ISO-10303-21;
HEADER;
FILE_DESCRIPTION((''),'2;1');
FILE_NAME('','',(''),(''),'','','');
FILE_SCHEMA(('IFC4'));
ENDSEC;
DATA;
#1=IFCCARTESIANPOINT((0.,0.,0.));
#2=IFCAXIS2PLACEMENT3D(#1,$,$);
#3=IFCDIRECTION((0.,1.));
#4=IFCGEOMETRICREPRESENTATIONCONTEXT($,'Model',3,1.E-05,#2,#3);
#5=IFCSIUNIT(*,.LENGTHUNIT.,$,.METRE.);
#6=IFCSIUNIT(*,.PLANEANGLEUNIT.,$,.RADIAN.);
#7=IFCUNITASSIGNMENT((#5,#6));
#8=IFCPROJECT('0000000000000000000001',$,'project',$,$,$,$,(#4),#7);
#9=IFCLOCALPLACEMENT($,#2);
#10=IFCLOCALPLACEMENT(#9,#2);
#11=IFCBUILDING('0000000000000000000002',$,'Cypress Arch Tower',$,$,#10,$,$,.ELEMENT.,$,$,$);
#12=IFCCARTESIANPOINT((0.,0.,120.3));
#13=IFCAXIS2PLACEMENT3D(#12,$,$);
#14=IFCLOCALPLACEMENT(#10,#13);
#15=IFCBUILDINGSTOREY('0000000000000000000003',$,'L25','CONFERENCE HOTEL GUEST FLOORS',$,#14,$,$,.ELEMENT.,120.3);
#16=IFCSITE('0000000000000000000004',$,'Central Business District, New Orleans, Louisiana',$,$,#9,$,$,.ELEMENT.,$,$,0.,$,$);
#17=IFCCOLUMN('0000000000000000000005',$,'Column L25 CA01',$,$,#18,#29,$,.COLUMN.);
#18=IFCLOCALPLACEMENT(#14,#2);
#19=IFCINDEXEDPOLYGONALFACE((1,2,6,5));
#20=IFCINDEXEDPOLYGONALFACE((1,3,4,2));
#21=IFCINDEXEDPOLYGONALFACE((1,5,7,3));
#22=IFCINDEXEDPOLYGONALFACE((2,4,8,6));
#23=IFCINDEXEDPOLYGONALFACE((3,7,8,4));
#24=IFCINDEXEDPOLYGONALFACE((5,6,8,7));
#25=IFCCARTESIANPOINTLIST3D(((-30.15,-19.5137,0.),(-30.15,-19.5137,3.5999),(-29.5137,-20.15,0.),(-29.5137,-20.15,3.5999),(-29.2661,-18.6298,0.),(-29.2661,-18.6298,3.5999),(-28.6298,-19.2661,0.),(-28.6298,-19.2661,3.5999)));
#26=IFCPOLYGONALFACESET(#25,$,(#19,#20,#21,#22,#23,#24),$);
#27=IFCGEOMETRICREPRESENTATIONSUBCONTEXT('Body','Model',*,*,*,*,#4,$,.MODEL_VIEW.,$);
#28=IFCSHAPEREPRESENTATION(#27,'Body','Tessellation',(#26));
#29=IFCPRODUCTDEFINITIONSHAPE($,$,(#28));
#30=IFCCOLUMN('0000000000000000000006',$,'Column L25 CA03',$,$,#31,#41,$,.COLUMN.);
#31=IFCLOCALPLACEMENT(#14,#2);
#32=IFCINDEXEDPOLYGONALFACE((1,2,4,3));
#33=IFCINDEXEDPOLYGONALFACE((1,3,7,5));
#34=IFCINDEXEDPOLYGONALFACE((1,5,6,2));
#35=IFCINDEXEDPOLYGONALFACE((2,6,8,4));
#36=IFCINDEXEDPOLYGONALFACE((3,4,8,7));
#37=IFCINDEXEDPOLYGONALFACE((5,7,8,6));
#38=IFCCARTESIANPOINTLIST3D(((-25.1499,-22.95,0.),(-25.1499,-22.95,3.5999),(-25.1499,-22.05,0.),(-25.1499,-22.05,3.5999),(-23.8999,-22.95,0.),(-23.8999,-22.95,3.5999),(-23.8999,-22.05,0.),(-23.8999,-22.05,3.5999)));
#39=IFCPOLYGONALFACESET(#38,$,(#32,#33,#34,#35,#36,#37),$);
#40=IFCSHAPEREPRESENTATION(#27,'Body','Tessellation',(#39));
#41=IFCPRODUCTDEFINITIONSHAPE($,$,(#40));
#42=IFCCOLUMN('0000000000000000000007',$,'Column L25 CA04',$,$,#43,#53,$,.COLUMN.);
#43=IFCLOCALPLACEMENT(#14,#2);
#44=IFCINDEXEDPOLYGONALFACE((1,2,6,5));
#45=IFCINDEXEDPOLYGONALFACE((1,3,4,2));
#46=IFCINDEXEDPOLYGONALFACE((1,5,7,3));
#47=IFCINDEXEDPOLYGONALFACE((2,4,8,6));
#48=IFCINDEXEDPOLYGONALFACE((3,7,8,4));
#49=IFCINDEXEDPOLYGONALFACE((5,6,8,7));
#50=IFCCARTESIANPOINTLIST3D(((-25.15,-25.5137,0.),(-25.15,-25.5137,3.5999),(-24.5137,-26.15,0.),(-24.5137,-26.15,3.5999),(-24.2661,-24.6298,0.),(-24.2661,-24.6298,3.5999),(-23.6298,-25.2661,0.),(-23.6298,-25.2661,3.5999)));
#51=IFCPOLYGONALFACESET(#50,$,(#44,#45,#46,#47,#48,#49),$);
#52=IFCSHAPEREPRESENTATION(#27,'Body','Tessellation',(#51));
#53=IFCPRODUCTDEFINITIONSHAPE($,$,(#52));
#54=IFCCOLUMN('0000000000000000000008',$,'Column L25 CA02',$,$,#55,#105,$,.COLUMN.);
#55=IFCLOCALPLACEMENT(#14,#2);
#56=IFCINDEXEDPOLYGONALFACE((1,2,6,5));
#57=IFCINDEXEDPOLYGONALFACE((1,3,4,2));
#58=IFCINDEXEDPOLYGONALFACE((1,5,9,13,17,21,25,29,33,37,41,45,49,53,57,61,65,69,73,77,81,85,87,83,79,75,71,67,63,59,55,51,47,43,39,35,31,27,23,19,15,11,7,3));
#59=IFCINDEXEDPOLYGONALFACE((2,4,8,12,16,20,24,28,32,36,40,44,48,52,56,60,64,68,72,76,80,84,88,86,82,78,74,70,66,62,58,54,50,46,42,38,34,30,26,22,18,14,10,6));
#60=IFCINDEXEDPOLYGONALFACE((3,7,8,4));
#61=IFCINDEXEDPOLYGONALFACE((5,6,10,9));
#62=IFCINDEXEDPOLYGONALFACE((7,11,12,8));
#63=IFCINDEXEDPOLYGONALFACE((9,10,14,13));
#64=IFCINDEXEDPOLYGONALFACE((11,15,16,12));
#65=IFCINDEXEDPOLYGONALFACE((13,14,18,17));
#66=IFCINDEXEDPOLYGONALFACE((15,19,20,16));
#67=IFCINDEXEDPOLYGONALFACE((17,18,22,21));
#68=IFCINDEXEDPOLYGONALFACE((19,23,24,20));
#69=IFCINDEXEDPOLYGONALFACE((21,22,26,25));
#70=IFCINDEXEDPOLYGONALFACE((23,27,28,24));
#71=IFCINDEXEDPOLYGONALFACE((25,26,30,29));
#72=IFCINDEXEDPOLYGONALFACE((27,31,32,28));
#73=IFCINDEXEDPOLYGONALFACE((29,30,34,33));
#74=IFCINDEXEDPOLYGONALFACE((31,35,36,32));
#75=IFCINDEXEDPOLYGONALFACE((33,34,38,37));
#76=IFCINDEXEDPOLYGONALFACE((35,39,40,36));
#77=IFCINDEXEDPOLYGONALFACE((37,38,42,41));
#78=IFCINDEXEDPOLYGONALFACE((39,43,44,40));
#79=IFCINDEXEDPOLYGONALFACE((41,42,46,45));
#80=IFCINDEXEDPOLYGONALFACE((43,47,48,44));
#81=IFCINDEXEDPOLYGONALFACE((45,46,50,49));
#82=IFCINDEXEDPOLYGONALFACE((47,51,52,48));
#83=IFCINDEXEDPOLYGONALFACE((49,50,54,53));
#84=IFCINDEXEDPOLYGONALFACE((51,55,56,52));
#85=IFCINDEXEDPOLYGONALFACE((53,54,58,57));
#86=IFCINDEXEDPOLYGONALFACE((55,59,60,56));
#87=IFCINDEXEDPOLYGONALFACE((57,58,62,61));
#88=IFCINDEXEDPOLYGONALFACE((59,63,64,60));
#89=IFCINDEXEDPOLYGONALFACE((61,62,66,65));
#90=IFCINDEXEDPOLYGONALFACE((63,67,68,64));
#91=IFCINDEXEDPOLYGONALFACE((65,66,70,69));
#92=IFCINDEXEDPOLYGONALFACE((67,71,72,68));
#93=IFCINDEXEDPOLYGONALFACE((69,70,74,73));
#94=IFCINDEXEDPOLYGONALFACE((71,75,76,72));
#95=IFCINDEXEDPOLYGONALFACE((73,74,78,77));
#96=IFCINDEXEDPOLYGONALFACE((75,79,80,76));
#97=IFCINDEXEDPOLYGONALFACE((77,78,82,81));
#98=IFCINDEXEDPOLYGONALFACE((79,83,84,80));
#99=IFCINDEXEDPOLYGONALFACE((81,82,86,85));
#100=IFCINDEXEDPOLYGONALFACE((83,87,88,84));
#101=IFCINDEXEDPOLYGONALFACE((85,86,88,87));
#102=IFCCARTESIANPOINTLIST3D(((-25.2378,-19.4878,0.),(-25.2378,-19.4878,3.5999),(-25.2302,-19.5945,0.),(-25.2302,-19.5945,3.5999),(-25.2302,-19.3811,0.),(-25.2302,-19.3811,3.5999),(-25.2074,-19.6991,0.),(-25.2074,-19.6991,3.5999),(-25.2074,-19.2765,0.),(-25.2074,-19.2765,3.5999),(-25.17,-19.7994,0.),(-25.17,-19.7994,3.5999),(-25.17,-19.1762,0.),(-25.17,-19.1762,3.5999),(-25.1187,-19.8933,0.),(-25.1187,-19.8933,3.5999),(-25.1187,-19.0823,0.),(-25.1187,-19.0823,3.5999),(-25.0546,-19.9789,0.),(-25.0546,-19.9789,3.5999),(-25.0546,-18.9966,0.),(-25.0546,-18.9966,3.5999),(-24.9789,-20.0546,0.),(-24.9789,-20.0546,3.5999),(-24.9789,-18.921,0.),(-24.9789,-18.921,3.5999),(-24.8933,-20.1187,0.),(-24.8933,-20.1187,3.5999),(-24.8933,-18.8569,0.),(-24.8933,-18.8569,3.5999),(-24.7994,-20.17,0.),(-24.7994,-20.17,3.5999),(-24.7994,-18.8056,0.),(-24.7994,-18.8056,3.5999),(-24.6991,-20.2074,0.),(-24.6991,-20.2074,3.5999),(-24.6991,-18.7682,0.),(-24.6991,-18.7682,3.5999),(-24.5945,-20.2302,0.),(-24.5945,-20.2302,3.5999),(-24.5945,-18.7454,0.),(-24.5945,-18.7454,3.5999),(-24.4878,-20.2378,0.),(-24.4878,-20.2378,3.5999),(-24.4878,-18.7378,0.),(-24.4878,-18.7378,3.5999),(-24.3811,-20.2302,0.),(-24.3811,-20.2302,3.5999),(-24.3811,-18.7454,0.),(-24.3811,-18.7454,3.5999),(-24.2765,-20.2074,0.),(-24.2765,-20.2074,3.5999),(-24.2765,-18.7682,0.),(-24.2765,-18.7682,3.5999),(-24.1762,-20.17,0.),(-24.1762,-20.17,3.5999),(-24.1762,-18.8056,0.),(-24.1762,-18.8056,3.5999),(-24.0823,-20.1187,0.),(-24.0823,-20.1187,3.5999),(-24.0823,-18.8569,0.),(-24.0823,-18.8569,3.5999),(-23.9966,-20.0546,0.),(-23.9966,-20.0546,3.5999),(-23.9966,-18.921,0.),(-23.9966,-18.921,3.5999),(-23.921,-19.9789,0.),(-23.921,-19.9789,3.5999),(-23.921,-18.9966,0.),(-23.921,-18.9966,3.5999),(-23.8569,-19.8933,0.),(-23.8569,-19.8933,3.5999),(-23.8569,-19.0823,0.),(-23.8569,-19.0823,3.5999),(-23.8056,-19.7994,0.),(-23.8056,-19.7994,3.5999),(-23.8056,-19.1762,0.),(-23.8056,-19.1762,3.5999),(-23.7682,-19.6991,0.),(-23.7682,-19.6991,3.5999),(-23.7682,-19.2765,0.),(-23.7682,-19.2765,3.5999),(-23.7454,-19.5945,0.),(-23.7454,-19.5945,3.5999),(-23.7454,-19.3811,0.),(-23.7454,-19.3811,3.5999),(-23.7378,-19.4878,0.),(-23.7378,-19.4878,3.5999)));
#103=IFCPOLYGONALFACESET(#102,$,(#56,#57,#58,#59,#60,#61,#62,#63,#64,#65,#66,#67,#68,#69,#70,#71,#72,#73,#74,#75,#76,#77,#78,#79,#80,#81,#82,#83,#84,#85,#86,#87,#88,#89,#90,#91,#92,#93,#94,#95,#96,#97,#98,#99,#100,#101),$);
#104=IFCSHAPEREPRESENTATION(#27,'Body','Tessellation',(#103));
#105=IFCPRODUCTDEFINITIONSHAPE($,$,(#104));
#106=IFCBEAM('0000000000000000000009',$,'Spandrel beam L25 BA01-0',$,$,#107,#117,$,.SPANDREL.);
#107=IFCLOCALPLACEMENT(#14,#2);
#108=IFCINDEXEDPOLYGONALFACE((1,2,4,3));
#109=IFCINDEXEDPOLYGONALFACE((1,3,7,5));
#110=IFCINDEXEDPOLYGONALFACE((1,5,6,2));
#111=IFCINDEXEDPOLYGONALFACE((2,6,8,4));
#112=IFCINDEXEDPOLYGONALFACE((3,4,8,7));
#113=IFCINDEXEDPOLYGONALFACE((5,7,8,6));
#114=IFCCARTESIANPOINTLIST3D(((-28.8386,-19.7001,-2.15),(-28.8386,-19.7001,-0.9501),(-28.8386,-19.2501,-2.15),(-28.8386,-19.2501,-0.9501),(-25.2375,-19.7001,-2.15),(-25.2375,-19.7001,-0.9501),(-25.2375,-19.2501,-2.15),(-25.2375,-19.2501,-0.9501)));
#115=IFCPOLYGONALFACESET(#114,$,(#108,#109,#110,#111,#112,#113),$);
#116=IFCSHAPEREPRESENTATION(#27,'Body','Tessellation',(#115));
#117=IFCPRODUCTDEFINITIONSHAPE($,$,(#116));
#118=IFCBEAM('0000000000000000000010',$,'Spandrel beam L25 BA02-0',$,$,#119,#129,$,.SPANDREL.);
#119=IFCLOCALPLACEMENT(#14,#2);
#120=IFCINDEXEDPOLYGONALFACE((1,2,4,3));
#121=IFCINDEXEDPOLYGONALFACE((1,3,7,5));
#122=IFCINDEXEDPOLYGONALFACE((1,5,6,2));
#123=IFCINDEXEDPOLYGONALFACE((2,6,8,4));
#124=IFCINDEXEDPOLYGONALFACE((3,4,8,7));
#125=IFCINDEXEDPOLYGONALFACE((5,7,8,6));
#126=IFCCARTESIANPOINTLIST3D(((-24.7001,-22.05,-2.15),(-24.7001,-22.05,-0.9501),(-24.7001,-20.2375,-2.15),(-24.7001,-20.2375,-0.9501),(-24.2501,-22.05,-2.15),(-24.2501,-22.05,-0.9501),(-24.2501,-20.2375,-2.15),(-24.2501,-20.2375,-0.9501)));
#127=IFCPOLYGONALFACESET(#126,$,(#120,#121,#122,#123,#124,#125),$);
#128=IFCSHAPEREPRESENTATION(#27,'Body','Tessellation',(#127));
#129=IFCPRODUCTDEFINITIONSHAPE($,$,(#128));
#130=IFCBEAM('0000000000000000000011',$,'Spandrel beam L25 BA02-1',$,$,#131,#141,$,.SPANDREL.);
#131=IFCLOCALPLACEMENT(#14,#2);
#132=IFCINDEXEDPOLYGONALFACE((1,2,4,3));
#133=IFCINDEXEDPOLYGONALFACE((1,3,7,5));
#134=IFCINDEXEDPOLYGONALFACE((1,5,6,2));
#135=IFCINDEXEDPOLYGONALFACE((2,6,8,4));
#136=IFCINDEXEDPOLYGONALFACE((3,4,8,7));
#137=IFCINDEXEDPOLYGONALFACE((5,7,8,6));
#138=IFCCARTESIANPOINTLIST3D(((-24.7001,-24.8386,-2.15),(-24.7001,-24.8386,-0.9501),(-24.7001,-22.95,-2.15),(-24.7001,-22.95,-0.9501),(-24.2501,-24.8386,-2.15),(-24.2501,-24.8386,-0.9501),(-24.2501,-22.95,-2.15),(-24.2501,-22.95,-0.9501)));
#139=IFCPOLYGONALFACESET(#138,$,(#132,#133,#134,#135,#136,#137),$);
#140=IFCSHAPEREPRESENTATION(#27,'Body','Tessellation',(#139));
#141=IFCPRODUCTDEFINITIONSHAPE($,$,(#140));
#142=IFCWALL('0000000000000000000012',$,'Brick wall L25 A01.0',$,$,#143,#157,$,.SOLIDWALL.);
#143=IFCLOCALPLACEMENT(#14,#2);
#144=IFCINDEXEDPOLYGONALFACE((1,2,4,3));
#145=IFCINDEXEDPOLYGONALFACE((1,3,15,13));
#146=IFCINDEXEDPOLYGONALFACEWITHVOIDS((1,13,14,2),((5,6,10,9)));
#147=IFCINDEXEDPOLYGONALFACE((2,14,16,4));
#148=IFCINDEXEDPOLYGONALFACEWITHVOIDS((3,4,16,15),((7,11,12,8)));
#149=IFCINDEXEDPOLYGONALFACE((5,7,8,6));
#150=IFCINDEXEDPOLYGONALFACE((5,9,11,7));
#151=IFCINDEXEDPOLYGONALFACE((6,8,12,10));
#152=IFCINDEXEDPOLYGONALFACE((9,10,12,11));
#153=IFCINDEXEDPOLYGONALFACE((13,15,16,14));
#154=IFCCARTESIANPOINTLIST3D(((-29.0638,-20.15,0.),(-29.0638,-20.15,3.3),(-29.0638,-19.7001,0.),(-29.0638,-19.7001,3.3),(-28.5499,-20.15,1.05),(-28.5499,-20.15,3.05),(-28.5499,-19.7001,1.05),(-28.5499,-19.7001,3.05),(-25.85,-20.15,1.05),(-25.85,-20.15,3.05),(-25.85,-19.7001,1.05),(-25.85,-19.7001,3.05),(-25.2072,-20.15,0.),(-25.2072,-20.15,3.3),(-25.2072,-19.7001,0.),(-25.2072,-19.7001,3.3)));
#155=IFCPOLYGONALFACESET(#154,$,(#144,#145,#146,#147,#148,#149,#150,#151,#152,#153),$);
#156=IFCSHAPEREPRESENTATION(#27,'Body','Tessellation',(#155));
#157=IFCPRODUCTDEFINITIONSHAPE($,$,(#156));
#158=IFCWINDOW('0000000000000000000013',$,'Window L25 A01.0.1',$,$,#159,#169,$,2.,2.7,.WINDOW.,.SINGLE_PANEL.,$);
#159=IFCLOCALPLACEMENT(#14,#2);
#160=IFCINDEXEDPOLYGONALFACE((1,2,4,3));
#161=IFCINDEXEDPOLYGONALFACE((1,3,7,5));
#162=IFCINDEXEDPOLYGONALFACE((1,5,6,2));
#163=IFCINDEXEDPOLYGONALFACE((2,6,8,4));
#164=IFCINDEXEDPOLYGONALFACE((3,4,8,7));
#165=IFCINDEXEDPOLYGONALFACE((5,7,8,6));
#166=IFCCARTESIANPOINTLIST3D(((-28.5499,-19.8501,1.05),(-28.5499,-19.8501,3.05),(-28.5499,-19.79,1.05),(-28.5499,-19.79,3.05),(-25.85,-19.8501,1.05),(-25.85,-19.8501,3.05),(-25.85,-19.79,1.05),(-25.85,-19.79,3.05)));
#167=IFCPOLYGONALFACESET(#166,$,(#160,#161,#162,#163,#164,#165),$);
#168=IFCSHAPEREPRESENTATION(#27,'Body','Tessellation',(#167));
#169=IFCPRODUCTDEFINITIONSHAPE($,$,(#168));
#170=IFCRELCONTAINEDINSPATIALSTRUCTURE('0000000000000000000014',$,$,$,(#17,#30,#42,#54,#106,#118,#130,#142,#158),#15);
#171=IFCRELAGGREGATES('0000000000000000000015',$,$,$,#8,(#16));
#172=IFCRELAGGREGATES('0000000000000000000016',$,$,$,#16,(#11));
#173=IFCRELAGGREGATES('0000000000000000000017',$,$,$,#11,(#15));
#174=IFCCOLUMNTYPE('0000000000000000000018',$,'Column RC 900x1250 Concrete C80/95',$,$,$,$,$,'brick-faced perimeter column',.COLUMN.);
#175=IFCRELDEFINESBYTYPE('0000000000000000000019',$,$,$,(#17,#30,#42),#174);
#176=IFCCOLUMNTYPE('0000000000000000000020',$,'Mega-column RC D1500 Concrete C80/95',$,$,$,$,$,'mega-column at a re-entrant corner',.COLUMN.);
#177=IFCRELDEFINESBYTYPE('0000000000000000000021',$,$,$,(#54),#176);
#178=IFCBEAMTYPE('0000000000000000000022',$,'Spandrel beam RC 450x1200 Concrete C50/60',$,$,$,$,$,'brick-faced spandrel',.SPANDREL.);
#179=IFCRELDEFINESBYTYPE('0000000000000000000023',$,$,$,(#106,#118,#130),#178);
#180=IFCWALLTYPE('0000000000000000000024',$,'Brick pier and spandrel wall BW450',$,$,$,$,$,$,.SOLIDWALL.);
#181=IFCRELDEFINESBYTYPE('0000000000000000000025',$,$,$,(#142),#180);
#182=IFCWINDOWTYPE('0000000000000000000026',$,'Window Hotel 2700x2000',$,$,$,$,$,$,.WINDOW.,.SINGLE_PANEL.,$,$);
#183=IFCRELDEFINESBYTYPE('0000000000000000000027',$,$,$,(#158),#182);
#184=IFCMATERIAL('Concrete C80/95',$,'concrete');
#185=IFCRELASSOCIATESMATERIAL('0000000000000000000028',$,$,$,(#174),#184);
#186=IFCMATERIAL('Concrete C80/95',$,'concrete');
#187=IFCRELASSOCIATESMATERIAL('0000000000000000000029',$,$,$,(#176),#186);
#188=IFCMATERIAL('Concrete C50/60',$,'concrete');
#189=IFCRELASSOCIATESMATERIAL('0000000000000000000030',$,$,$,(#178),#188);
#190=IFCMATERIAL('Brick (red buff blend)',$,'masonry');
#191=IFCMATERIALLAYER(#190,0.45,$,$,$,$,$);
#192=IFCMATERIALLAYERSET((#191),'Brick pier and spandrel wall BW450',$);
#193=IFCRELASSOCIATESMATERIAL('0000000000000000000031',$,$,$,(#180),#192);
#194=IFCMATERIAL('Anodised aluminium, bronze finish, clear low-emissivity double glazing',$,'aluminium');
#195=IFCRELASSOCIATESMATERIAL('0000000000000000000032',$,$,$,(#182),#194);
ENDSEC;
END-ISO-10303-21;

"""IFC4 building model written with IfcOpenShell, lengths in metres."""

from ifc_helpers import new_model, si_unit, direction, frame, frame_2d, origin, origin_2d, place, context, subcontext, project, spatial, rectangle, circle, extrude, material, layer, layer_set, material_profile, profile_set, type_object, element, fill, save


model = new_model("IFC4")

# Units and contexts
model_context = context("Model", 3, precision=1e-05, world=origin(), true_north=direction((0.0, 1.0)))
body_context = subcontext(model_context, "Body", "Model", "MODEL_VIEW")
ifc_project = project(units=[si_unit("LENGTHUNIT", "METRE"), si_unit("PLANEANGLEUNIT", "RADIAN")], contexts=[model_context])

# Site, building, storey
site_placement = place(None, origin())
site = spatial("IfcSite", under=ifc_project, at=site_placement, Name="Central Business District, New Orleans, Louisiana", CompositionType="ELEMENT", RefElevation=0.0)
building_placement = place(site_placement, origin())
building = spatial("IfcBuilding", under=site, at=building_placement, Name="Cypress Arch Tower", CompositionType="ELEMENT")
storey_placement = place(building_placement, frame((0.0, 0.0, 120.3)))
storey = spatial("IfcBuildingStorey", under=building, at=storey_placement, Name="L25", Description="CONFERENCE HOTEL GUEST FLOORS", CompositionType="ELEMENT", Elevation=120.3)

# Columns
ifc_material_1 = material(Name="Concrete C80/95", Category="concrete")
ifc_material_profile_1 = material_profile(ifc_material_1, rectangle(XDim=0.8999, YDim=1.25, at=origin_2d()), Name="RC 900x1250")
ifc_profile_set_1 = profile_set([ifc_material_profile_1], Name="Concrete C80/95")
column_type_1 = type_object("IfcColumnType", Name="Column RC 900x1250 Concrete C80/95", ElementType="brick-faced perimeter column", PredefinedType="COLUMN", material=ifc_profile_set_1)
for number, where, z_axis, x_axis, name in (
    (1, (-29.3899, -19.3899, 0.0), (0.0, 0.0, 1.0), (0.707107, -0.707107, 0.0), "Column L25 CA01"),
    (2, (-24.5249, -22.5, 0.0), (0.0, 0.0, 1.0), (0.0, -1.0, 0.0), "Column L25 CA03"),
    (3, (-24.3899, -25.3899, 0.0), (0.0, 0.0, 1.0), (0.707107, -0.707107, 0.0), "Column L25 CA04"),
):
    element("IfcColumn", number, at=place(storey_placement, frame(where, z_axis=z_axis, x_axis=x_axis)), inside=storey, type_object=column_type_1, Name=name, PredefinedType="COLUMN", context=body_context, shape_type="SweptSolid", body=[
        extrude(rectangle(XDim=0.8999, YDim=1.25, at=origin_2d()), origin(), (0.0, 0.0, 1.0), 3.5999),
    ])
ifc_material_2 = material(Name="Concrete C80/95", Category="concrete")
ifc_material_profile_2 = material_profile(ifc_material_2, circle(Radius=0.75, at=origin_2d()), Name="RC D1500")
ifc_profile_set_2 = profile_set([ifc_material_profile_2], Name="Concrete C80/95")
column_type_2 = type_object("IfcColumnType", Name="Mega-column RC D1500 Concrete C80/95", ElementType="mega-column at a re-entrant corner", PredefinedType="COLUMN", material=ifc_profile_set_2)
column_placement = place(storey_placement, frame((-24.4878, -19.4878, 0.0), z_axis=(0.0, 0.0, 1.0), x_axis=(1.0, 0.0, 0.0)))
element("IfcColumn", 4, at=column_placement, inside=storey, type_object=column_type_2, Name="Column L25 CA02", PredefinedType="COLUMN", context=body_context, shape_type="SweptSolid", body=[
    extrude(circle(Radius=0.75, at=origin_2d()), origin(), (0.0, 0.0, 1.0), 3.5999),
])

# Beams
ifc_material_3 = material(Name="Concrete C50/60", Category="concrete")
ifc_material_profile_3 = material_profile(ifc_material_3, rectangle(XDim=0.45, YDim=1.2, at=origin_2d()), Name="RC 450x1200")
ifc_profile_set_3 = profile_set([ifc_material_profile_3], Name="Concrete C50/60")
beam_type = type_object("IfcBeamType", Name="Spandrel beam RC 450x1200 Concrete C50/60", ElementType="brick-faced spandrel", PredefinedType="SPANDREL", material=ifc_profile_set_3)
beam_1_placement = place(storey_placement, frame((-28.8386, -19.4751, -1.55), z_axis=(1.0, 0.0, 0.0), x_axis=(0.0, 1.0, 0.0)))
element("IfcBeam", 5, at=beam_1_placement, inside=storey, type_object=beam_type, Name="Spandrel beam L25 BA01-0", PredefinedType="SPANDREL", context=body_context, shape_type="SweptSolid", body=[
    extrude(rectangle(XDim=0.45, YDim=1.2, at=origin_2d()), origin(), (0.0, 0.0, 1.0), 3.6011),
])
beam_2_placement = place(storey_placement, frame((-24.4751, -20.2375, -1.55), z_axis=(0.0, -1.0, 0.0), x_axis=(1.0, 0.0, 0.0)))
element("IfcBeam", 6, at=beam_2_placement, inside=storey, type_object=beam_type, Name="Spandrel beam L25 BA02-0", PredefinedType="SPANDREL", context=body_context, shape_type="SweptSolid", body=[
    extrude(rectangle(XDim=0.45, YDim=1.2, at=origin_2d()), origin(), (0.0, 0.0, 1.0), 1.8125),
])
beam_3_placement = place(storey_placement, frame((-24.4751, -22.95, -1.55), z_axis=(0.0, -1.0, 0.0), x_axis=(1.0, 0.0, 0.0)))
element("IfcBeam", 7, at=beam_3_placement, inside=storey, type_object=beam_type, Name="Spandrel beam L25 BA02-1", PredefinedType="SPANDREL", context=body_context, shape_type="SweptSolid", body=[
    extrude(rectangle(XDim=0.45, YDim=1.2, at=origin_2d()), origin(), (0.0, 0.0, 1.0), 1.8887),
])

# Wall, opening, window
ifc_material_4 = material(Name="Brick (red buff blend)", Category="masonry")
ifc_layer_1 = layer(ifc_material_4, 0.45)
ifc_layer_set_1 = layer_set([ifc_layer_1], Name="Brick pier and spandrel wall BW450")
wall_type_1 = type_object("IfcWallType", Name="Brick pier and spandrel wall BW450", PredefinedType="SOLIDWALL", material=ifc_layer_set_1)
wall_1_placement = place(storey_placement, frame((-29.0637, -19.925, 0.0), z_axis=(0.0, 0.0, 1.0), x_axis=(1.0, 0.0, 0.0)))
wall_1 = element("IfcWall", 8, at=wall_1_placement, inside=storey, type_object=wall_type_1, Name="Brick wall L25 A01.0", PredefinedType="SOLIDWALL", context=body_context, shape_type="SweptSolid", body=[
    extrude(rectangle(XDim=3.8567, YDim=0.45, at=frame_2d((1.9282, 0.0))), origin(), (0.0, 0.0, 1.0), 3.3),
])
opening_1_placement = place(wall_1_placement, frame((0.5137, 0.0, 1.05)))
opening_1 = element("IfcOpeningElement", 9, at=opening_1_placement, cuts=wall_1, PredefinedType="OPENING", context=body_context, shape_type="SweptSolid", body=[
    extrude(rectangle(XDim=2.7, YDim=2.0, at=frame_2d((1.3501, 1.0))), frame((0.0, 0.2349, 0.0), z_axis=(0.0, -1.0, 0.0), x_axis=(1.0, 0.0, 0.0)), (0.0, 0.0, 1.0), 0.47),
])
ifc_material_5 = material(Name="Anodised aluminium, bronze finish, clear low-emissivity double glazing", Category="aluminium")
window_type_1 = type_object("IfcWindowType", Name="Window Hotel 2700x2000", PartitioningType="SINGLE_PANEL", PredefinedType="WINDOW", material=ifc_material_5)
window_1_placement = place(opening_1_placement, origin())
window_1 = element("IfcWindow", 10, at=window_1_placement, inside=storey, type_object=window_type_1, Name="Window L25 A01.0.1", OverallHeight=2.0, OverallWidth=2.7, PartitioningType="SINGLE_PANEL", PredefinedType="WINDOW", context=body_context, shape_type="SweptSolid", body=[
    extrude(rectangle(XDim=2.7, YDim=2.0, at=frame_2d((1.3501, 1.0))), frame((0.0, 0.135, 0.0), z_axis=(0.0, -1.0, 0.0), x_axis=(1.0, 0.0, 0.0)), (0.0, 0.0, 1.0), 0.0601),
])
fill(opening_1, window_1)

save(model, "model.ifc")
